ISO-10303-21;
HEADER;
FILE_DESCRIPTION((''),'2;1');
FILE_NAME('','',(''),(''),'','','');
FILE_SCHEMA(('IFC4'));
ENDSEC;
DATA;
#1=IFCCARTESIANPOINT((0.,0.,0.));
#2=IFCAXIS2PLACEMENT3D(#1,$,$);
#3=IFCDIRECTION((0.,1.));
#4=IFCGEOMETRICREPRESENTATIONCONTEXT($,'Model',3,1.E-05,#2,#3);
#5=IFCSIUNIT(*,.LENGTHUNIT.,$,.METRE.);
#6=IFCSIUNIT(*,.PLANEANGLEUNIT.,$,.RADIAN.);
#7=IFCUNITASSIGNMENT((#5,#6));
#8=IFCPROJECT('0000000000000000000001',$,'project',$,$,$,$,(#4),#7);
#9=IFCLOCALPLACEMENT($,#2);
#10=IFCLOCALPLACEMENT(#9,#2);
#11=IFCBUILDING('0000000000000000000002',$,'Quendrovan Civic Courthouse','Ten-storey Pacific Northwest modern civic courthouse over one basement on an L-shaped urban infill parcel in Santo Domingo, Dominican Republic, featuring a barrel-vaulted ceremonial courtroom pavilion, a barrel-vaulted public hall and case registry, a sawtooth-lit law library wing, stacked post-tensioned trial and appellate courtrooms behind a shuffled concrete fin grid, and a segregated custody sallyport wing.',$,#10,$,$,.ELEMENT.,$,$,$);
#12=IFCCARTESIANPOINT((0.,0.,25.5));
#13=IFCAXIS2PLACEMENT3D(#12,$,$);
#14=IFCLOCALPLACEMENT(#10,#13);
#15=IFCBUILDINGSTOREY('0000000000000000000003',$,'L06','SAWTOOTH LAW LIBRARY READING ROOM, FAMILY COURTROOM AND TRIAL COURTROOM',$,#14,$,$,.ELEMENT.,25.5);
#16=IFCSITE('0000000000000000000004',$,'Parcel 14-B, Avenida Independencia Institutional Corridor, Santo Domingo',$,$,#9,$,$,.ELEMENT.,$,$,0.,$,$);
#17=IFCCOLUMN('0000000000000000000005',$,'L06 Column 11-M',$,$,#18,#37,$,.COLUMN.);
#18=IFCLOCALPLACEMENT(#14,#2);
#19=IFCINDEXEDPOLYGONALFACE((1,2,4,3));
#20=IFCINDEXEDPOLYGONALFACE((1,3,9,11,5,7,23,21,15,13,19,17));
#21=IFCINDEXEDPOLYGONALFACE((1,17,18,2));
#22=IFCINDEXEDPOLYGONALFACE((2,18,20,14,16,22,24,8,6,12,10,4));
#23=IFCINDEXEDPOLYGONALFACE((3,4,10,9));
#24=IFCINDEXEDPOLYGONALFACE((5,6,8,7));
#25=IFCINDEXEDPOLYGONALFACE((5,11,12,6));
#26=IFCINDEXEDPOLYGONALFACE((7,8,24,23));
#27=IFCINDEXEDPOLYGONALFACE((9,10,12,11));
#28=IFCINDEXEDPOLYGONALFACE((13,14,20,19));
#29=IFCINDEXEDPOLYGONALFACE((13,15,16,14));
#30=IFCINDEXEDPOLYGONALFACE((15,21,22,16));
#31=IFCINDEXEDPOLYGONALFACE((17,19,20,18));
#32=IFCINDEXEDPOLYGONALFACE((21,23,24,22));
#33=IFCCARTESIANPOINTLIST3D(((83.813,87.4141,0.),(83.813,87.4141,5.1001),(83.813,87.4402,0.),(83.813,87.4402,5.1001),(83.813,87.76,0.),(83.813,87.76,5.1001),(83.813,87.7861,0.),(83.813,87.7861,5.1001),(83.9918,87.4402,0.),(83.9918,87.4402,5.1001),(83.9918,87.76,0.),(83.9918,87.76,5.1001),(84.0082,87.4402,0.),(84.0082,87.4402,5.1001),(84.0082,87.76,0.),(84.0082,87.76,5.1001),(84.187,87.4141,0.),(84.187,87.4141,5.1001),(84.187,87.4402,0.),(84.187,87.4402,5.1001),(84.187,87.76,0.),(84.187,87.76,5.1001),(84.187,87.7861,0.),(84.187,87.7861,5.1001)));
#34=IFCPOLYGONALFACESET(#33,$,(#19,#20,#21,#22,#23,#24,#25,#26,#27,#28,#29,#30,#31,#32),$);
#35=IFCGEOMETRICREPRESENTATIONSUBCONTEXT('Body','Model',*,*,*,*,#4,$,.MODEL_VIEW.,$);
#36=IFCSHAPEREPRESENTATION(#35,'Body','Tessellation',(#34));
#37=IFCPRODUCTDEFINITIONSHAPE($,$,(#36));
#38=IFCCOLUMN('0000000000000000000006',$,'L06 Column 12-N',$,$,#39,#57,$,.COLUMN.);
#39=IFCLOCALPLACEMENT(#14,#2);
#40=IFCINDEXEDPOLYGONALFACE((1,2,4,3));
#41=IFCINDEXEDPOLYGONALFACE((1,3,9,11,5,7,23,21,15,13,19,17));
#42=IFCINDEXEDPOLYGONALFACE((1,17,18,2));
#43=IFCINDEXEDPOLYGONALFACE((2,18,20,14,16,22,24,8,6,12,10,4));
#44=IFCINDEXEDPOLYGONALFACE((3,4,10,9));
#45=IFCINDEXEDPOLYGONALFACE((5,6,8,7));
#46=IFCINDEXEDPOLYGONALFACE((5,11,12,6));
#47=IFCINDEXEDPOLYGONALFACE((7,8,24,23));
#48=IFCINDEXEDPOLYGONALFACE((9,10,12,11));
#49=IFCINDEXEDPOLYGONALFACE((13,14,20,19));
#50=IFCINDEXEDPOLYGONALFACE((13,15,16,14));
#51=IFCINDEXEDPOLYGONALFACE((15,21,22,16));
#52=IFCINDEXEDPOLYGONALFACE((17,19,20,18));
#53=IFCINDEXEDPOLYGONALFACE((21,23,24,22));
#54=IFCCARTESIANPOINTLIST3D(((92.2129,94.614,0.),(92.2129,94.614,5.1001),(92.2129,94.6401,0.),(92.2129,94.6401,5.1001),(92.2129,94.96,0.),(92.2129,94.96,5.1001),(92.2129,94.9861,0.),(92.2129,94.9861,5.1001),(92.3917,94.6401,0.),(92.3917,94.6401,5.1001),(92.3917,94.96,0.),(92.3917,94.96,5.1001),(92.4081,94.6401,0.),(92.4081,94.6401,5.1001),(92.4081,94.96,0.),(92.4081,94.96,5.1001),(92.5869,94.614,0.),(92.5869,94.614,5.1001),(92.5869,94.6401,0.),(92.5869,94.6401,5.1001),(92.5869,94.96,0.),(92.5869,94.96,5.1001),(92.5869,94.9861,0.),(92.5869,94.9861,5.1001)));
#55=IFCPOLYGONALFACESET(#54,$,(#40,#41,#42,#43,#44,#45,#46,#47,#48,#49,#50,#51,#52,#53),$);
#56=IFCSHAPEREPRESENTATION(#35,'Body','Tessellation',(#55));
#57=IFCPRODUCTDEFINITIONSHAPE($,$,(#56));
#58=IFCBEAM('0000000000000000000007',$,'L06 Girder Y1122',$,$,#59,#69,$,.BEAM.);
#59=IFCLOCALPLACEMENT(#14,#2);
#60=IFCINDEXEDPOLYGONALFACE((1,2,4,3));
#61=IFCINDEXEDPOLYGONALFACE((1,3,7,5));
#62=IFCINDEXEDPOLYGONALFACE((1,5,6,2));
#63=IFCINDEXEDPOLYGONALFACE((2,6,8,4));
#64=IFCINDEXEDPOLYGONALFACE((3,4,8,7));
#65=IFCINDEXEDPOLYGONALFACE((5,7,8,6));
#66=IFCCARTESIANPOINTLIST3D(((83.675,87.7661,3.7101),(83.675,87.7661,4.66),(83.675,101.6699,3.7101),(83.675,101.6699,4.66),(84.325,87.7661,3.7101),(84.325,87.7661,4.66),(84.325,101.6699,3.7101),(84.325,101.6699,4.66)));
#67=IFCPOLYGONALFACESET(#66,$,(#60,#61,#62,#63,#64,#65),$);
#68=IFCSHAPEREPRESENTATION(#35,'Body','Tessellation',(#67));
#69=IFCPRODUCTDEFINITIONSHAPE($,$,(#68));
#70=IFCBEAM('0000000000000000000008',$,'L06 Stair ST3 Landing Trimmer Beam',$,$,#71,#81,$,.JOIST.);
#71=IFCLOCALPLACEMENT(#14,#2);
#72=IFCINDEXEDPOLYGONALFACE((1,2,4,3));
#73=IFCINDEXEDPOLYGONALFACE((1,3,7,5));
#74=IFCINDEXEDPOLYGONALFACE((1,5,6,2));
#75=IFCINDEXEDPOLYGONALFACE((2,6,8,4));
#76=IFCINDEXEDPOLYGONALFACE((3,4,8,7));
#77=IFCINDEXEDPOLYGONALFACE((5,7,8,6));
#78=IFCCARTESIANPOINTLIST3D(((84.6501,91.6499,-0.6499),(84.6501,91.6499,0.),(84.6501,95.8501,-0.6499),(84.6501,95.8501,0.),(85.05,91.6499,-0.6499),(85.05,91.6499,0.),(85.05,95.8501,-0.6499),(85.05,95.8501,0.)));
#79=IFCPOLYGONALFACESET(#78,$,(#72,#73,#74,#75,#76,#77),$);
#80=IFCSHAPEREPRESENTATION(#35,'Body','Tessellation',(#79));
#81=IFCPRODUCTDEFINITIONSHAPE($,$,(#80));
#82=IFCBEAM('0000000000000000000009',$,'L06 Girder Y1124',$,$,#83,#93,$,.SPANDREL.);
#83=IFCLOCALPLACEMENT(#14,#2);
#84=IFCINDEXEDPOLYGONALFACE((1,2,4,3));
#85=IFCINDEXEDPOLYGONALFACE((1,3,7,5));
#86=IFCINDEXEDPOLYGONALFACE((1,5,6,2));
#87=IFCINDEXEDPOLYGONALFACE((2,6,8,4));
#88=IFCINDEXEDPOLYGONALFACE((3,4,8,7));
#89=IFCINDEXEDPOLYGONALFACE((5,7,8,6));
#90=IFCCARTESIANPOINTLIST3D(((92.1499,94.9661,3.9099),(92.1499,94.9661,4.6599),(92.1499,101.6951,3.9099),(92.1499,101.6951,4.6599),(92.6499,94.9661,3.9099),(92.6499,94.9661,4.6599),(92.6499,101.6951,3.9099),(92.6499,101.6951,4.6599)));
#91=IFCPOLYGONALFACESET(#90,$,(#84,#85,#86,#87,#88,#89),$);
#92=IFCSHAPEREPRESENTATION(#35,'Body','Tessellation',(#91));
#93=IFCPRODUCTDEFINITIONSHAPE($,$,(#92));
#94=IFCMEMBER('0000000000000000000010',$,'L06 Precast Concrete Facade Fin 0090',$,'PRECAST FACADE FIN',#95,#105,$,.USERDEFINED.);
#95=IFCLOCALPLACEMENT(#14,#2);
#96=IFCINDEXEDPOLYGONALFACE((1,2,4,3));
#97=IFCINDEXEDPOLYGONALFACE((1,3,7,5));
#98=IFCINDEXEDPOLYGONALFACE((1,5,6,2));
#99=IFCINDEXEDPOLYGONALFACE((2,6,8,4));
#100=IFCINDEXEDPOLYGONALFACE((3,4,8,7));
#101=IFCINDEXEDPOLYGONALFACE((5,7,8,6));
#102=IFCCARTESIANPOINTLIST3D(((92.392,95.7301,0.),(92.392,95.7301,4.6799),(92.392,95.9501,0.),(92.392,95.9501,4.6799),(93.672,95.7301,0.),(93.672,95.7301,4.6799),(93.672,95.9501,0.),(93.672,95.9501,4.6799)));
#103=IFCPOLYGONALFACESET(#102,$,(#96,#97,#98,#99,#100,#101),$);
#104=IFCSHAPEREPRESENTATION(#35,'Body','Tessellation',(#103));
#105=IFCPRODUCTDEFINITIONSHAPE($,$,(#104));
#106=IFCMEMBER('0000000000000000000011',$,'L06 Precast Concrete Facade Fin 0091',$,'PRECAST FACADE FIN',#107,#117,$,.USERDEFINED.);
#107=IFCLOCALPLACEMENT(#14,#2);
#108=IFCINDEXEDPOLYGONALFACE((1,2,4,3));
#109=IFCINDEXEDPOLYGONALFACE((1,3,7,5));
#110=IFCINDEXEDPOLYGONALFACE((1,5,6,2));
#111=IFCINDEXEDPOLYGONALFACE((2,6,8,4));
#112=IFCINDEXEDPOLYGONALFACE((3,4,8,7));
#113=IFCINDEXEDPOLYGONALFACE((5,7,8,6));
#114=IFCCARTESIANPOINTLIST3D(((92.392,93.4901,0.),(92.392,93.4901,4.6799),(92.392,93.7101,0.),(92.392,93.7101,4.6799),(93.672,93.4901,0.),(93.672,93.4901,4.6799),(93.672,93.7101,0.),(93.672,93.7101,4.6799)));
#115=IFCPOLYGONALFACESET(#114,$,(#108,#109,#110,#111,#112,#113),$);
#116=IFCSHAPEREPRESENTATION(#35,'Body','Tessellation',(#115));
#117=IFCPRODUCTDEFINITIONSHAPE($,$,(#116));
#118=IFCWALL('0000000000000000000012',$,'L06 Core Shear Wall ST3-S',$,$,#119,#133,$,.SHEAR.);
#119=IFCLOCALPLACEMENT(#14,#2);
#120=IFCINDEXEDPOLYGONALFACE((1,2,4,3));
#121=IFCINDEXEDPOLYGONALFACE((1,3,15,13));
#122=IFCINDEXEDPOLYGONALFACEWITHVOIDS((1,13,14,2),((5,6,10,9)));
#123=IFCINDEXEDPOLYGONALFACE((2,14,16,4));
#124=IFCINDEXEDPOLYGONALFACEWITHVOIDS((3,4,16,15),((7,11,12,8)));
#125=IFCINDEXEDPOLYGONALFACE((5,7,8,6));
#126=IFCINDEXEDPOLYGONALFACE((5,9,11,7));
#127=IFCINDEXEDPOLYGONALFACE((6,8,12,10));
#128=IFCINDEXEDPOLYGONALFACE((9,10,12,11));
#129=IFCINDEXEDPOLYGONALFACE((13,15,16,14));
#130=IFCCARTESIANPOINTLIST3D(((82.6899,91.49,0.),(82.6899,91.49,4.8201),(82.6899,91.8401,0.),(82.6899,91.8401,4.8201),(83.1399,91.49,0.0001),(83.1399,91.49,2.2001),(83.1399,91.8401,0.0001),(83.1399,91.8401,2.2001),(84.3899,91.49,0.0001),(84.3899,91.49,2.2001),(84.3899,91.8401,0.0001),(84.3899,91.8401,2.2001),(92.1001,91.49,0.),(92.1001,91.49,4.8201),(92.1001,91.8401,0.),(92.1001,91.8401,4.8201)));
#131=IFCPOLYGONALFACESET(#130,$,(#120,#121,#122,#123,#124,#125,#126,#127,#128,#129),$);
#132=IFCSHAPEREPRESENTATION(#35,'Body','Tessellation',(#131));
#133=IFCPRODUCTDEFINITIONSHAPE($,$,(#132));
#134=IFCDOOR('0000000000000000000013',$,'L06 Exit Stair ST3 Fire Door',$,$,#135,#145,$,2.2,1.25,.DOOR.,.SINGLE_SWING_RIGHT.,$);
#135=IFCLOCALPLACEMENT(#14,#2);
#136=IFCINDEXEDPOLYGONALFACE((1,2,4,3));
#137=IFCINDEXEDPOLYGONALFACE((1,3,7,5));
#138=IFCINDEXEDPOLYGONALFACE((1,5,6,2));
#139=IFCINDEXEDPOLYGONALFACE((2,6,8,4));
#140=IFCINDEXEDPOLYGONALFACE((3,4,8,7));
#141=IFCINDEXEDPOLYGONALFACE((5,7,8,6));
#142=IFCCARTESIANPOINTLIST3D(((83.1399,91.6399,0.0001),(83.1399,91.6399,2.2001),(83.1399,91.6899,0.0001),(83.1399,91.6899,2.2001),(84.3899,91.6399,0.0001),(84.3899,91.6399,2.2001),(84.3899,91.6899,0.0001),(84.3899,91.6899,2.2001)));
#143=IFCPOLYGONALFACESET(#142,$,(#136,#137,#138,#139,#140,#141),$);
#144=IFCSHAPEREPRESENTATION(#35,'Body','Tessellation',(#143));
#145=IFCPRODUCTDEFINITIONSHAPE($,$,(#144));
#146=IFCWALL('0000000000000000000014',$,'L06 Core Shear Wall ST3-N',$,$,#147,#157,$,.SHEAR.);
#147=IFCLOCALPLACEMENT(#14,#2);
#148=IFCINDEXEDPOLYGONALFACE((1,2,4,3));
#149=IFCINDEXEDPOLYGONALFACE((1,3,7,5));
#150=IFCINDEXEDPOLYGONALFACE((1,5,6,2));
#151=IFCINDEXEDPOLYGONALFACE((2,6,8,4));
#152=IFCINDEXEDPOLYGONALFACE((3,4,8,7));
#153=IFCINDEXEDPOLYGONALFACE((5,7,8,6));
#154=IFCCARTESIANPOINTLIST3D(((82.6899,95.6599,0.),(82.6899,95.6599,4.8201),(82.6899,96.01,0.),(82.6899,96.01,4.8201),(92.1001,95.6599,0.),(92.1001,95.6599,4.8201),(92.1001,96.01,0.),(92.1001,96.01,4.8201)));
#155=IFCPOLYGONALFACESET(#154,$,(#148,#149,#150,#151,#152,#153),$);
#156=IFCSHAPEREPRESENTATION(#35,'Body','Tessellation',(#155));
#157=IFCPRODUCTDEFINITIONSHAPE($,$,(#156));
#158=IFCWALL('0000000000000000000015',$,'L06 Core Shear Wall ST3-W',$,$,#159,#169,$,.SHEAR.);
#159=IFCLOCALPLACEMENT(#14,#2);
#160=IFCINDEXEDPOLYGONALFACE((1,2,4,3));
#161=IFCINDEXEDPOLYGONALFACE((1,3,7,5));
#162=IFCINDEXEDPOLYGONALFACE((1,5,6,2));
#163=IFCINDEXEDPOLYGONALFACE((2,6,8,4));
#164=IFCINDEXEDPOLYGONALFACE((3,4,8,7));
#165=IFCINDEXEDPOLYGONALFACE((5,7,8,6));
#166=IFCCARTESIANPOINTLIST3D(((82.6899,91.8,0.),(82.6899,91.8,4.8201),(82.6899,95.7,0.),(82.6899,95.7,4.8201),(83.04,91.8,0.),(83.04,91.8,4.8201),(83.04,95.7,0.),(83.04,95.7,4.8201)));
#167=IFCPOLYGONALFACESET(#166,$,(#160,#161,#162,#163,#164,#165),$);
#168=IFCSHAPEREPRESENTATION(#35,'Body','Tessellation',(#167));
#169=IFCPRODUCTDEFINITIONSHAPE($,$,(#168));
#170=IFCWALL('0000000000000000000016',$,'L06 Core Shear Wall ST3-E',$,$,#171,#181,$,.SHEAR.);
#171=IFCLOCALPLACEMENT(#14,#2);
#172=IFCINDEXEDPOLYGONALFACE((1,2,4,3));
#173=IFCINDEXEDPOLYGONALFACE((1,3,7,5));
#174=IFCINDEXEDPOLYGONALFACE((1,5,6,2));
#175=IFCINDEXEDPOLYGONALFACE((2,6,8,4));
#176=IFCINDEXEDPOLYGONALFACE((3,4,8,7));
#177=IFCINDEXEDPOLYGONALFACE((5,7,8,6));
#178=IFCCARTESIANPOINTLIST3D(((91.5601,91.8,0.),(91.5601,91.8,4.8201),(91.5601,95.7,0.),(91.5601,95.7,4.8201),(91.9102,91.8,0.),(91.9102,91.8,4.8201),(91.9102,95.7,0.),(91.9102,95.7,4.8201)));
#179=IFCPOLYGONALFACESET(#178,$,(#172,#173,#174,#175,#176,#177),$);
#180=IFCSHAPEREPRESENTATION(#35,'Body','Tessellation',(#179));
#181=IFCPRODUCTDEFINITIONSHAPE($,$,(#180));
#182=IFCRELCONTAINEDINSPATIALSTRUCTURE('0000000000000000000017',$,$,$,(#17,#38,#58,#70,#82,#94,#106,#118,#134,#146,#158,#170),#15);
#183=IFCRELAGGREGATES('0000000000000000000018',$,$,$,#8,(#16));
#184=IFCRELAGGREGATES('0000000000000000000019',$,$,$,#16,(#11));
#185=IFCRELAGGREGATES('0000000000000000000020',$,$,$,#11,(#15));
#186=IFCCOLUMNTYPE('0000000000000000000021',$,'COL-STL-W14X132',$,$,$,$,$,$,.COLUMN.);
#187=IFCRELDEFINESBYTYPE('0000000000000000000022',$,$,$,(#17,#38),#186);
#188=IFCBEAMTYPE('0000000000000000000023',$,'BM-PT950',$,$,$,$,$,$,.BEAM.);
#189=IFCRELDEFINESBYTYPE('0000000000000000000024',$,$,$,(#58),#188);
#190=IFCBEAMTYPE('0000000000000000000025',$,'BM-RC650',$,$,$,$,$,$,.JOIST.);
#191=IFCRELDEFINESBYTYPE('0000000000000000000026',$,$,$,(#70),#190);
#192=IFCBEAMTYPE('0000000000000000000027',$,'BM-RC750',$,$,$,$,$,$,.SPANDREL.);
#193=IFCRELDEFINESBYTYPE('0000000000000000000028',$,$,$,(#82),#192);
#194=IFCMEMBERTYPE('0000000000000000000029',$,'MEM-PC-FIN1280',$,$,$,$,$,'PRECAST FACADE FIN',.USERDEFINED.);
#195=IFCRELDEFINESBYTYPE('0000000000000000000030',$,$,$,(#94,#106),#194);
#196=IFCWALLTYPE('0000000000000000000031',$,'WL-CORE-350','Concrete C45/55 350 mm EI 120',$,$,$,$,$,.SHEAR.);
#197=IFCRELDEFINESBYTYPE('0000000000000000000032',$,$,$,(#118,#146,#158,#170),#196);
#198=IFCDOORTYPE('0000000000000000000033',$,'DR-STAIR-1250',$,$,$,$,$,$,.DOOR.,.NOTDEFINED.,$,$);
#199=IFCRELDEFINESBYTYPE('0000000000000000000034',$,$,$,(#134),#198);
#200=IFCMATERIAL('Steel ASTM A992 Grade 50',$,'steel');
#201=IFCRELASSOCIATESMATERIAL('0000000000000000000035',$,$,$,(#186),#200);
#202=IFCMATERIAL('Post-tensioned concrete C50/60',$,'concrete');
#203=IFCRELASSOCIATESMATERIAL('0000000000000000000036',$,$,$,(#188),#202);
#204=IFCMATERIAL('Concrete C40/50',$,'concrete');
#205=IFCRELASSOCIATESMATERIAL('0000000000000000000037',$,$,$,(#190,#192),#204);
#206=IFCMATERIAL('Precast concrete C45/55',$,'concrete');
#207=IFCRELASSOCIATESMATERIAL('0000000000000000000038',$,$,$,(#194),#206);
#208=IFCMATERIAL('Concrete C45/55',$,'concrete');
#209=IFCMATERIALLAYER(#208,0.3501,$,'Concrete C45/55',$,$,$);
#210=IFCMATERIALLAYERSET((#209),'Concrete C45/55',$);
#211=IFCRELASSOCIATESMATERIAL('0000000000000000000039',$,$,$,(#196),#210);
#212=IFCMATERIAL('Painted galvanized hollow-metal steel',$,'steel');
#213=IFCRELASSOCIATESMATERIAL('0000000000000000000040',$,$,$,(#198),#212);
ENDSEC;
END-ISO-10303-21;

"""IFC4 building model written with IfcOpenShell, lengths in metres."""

from ifc_helpers import new_model, si_unit, direction, frame, frame_2d, origin, origin_2d, place, context, subcontext, project, spatial, rectangle, i_section, extrude, material, layer, layer_set, material_profile, profile_set, type_object, element, fill, save


model = new_model("IFC4")

# Units and contexts
model_context = context("Model", 3, precision=1e-05, world=origin(), true_north=direction((0.0, 1.0)))
body_context = subcontext(model_context, "Body", "Model", "MODEL_VIEW")
ifc_project = project(units=[si_unit("LENGTHUNIT", "METRE"), si_unit("PLANEANGLEUNIT", "RADIAN")], contexts=[model_context])

# Site, building, storey
site_placement = place(None, origin())
site = spatial("IfcSite", under=ifc_project, at=site_placement, Name="Parcel 14-B, Avenida Independencia Institutional Corridor, Santo Domingo", CompositionType="ELEMENT", RefElevation=0.0)
building_placement = place(site_placement, origin())
building = spatial("IfcBuilding", under=site, at=building_placement, Name="Quendrovan Civic Courthouse", Description="Ten-storey Pacific Northwest modern civic courthouse over one basement on an L-shaped urban infill parcel in Santo Domingo, Dominican Republic, featuring a barrel-vaulted ceremonial courtroom pavilion, a barrel-vaulted public hall and case registry, a sawtooth-lit law library wing, stacked post-tensioned trial and appellate courtrooms behind a shuffled concrete fin grid, and a segregated custody sallyport wing.", CompositionType="ELEMENT")
storey_placement = place(building_placement, frame((0.0, 0.0, 25.5)))
storey = spatial("IfcBuildingStorey", under=building, at=storey_placement, Name="L06", Description="SAWTOOTH LAW LIBRARY READING ROOM, FAMILY COURTROOM AND TRIAL COURTROOM", CompositionType="ELEMENT", Elevation=25.5)

# Columns
ifc_material_1 = material(Name="Steel ASTM A992 Grade 50", Category="steel")
ifc_material_profile_1 = material_profile(ifc_material_1, i_section(OverallWidth=0.374, OverallDepth=0.3721, WebThickness=0.0164, FlangeThickness=0.0261, at=origin_2d()), Name="W14X132")
ifc_profile_set_1 = profile_set([ifc_material_profile_1], Name="Steel ASTM A992 Grade 50")
column_type = type_object("IfcColumnType", Name="COL-STL-W14X132", PredefinedType="COLUMN", material=ifc_profile_set_1)
for number, where, z_axis, x_axis, name in (
    (1, (84.0, 87.6001, 0.0), (0.0, 0.0, 1.0), (1.0, 0.0, 0.0), "L06 Column 11-M"),
    (2, (92.3999, 94.8, 0.0), (0.0, 0.0, 1.0), (1.0, 0.0, 0.0), "L06 Column 12-N"),
):
    element("IfcColumn", number, at=place(storey_placement, frame(where, z_axis=z_axis, x_axis=x_axis)), inside=storey, type_object=column_type, Name=name, PredefinedType="COLUMN", context=body_context, shape_type="SweptSolid", body=[
        extrude(i_section(OverallWidth=0.374, OverallDepth=0.3721, WebThickness=0.0164, FlangeThickness=0.0261, at=origin_2d()), origin(), (0.0, 0.0, 1.0), 5.1001),
    ])

# Beams
ifc_material_2 = material(Name="Post-tensioned concrete C50/60", Category="concrete")
ifc_material_profile_2 = material_profile(ifc_material_2, rectangle(XDim=0.6499, YDim=0.95, at=origin_2d()), Name="PT-GIRD-650x950")
ifc_profile_set_2 = profile_set([ifc_material_profile_2], Name="Post-tensioned concrete C50/60")
beam_type_1 = type_object("IfcBeamType", Name="BM-PT950", PredefinedType="BEAM", material=ifc_profile_set_2)
beam_1_placement = place(storey_placement, frame((84.0, 87.7661, 4.1851), z_axis=(0.0, 1.0, 0.0), x_axis=(-1.0, 0.0, 0.0)))
element("IfcBeam", 3, at=beam_1_placement, inside=storey, type_object=beam_type_1, Name="L06 Girder Y1122", PredefinedType="BEAM", context=body_context, shape_type="SweptSolid", body=[
    extrude(rectangle(XDim=0.6499, YDim=0.95, at=origin_2d()), origin(), (0.0, 0.0, 1.0), 13.9038),
])
ifc_material_3 = material(Name="Concrete C40/50", Category="concrete")
ifc_material_profile_3 = material_profile(ifc_material_3, rectangle(XDim=0.3999, YDim=0.6499, at=origin_2d()), Name="RC-BM-400x650")
ifc_profile_set_3 = profile_set([ifc_material_profile_3], Name="Concrete C40/50")
beam_type_2 = type_object("IfcBeamType", Name="BM-RC650", PredefinedType="JOIST", material=ifc_profile_set_3)
beam_2_placement = place(storey_placement, frame((84.8501, 91.6499, -0.325), z_axis=(0.0, 1.0, 0.0), x_axis=(-1.0, 0.0, 0.0)))
element("IfcBeam", 4, at=beam_2_placement, inside=storey, type_object=beam_type_2, Name="L06 Stair ST3 Landing Trimmer Beam", PredefinedType="JOIST", context=body_context, shape_type="SweptSolid", body=[
    extrude(rectangle(XDim=0.3999, YDim=0.6499, at=origin_2d()), origin(), (0.0, 0.0, 1.0), 4.2002),
])
ifc_material_profile_4 = material_profile(ifc_material_3, rectangle(XDim=0.5, YDim=0.75, at=origin_2d()), Name="RC-BM-500x750")
ifc_profile_set_4 = profile_set([ifc_material_profile_4], Name="Concrete C40/50")
beam_type_3 = type_object("IfcBeamType", Name="BM-RC750", PredefinedType="SPANDREL", material=ifc_profile_set_4)
beam_3_placement = place(storey_placement, frame((92.3999, 94.9661, 4.2849), z_axis=(0.0, 1.0, 0.0), x_axis=(-1.0, 0.0, 0.0)))
element("IfcBeam", 5, at=beam_3_placement, inside=storey, type_object=beam_type_3, Name="L06 Girder Y1124", PredefinedType="SPANDREL", context=body_context, shape_type="SweptSolid", body=[
    extrude(rectangle(XDim=0.5, YDim=0.75, at=origin_2d()), origin(), (0.0, 0.0, 1.0), 6.729),
])

# Members
ifc_material_4 = material(Name="Precast concrete C45/55", Category="concrete")
ifc_material_profile_5 = material_profile(ifc_material_4, rectangle(XDim=0.22, YDim=1.28, at=origin_2d()), Name="PC-FIN-220x1280")
ifc_profile_set_5 = profile_set([ifc_material_profile_5], Name="Precast concrete C45/55")
member_type = type_object("IfcMemberType", Name="MEM-PC-FIN1280", ElementType="PRECAST FACADE FIN", PredefinedType="USERDEFINED", material=ifc_profile_set_5)
for number, where, z_axis, x_axis, name in (
    (6, (93.032, 95.8401, 0.0), (0.0, 0.0, 1.0), (0.0, -1.0, 0.0), "L06 Precast Concrete Facade Fin 0090"),
    (7, (93.032, 93.6001, 0.0), (0.0, 0.0, 1.0), (0.0, -1.0, 0.0), "L06 Precast Concrete Facade Fin 0091"),
):
    element("IfcMember", number, at=place(storey_placement, frame(where, z_axis=z_axis, x_axis=x_axis)), inside=storey, type_object=member_type, Name=name, ObjectType="PRECAST FACADE FIN", PredefinedType="USERDEFINED", context=body_context, shape_type="SweptSolid", body=[
        extrude(rectangle(XDim=0.22, YDim=1.28, at=origin_2d()), origin(), (0.0, 0.0, 1.0), 4.6799),
    ])

# Wall, opening, door
ifc_material_5 = material(Name="Concrete C45/55", Category="concrete")
ifc_layer_1 = layer(ifc_material_5, 0.3501, Name="Concrete C45/55")
ifc_layer_set_1 = layer_set([ifc_layer_1], Name="Concrete C45/55")
wall_type_1 = type_object("IfcWallType", Name="WL-CORE-350", Description="Concrete C45/55 350 mm EI 120", PredefinedType="SHEAR", material=ifc_layer_set_1)
wall_1_placement = place(storey_placement, frame((82.6899, 91.665, 0.0), z_axis=(0.0, 0.0, 1.0), x_axis=(1.0, 0.0, 0.0)))
wall_1 = element("IfcWall", 8, at=wall_1_placement, inside=storey, type_object=wall_type_1, Name="L06 Core Shear Wall ST3-S", PredefinedType="SHEAR", context=body_context, shape_type="SweptSolid", body=[
    extrude(rectangle(XDim=9.4102, YDim=0.3501, at=frame_2d((4.7051, 0.0))), origin(), (0.0, 0.0, 1.0), 4.8201),
])
opening_1_placement = place(wall_1_placement, frame((0.45, 0.0, 0.0)))
opening_1 = element("IfcOpeningElement", 9, at=opening_1_placement, cuts=wall_1, PredefinedType="OPENING", context=body_context, shape_type="SweptSolid", body=[
    extrude(rectangle(XDim=1.25, YDim=2.2, at=frame_2d((0.625, 1.1001))), frame((0.0, 0.1851, 0.0), z_axis=(0.0, -1.0, 0.0), x_axis=(1.0, 0.0, 0.0)), (0.0, 0.0, 1.0), 0.3701),
])
ifc_material_6 = material(Name="Painted galvanized hollow-metal steel", Category="steel")
door_type = type_object("IfcDoorType", Name="DR-STAIR-1250", OperationType="NOTDEFINED", PredefinedType="DOOR", material=ifc_material_6)
door_placement = place(opening_1_placement, origin())
door = element("IfcDoor", 10, at=door_placement, inside=storey, type_object=door_type, Name="L06 Exit Stair ST3 Fire Door", OperationType="SINGLE_SWING_RIGHT", OverallHeight=2.2, OverallWidth=1.25, PredefinedType="DOOR", context=body_context, shape_type="SweptSolid", body=[
    extrude(rectangle(XDim=1.25, YDim=2.2, at=frame_2d((0.625, 1.1001))), frame((0.0, 0.0249, 0.0), z_axis=(0.0, -1.0, 0.0), x_axis=(1.0, 0.0, 0.0)), (0.0, 0.0, 1.0), 0.05),
])
fill(opening_1, door)

# Walls
wall_2_placement = place(storey_placement, frame((92.1001, 95.835, 0.0), z_axis=(0.0, 0.0, 1.0), x_axis=(-1.0, 0.0, 0.0)))
element("IfcWall", 11, at=wall_2_placement, inside=storey, type_object=wall_type_1, Name="L06 Core Shear Wall ST3-N", PredefinedType="SHEAR", context=body_context, shape_type="SweptSolid", body=[
    extrude(rectangle(XDim=9.4102, YDim=0.3501, at=frame_2d((4.7051, 0.0))), origin(), (0.0, 0.0, 1.0), 4.8201),
])
for number, where, z_axis, x_axis, name in (
    (12, (82.865, 91.8, 0.0), (0.0, 0.0, 1.0), (0.0, 1.0, 0.0), "L06 Core Shear Wall ST3-W"),
    (13, (91.7351, 95.7, 0.0), (0.0, 0.0, 1.0), (0.0, -1.0, 0.0), "L06 Core Shear Wall ST3-E"),
):
    element("IfcWall", number, at=place(storey_placement, frame(where, z_axis=z_axis, x_axis=x_axis)), inside=storey, type_object=wall_type_1, Name=name, PredefinedType="SHEAR", context=body_context, shape_type="SweptSolid", body=[
        extrude(rectangle(XDim=3.8999, YDim=0.3501, at=frame_2d((1.95, 0.0))), origin(), (0.0, 0.0, 1.0), 4.8201),
    ])

save(model, "model.ifc")
